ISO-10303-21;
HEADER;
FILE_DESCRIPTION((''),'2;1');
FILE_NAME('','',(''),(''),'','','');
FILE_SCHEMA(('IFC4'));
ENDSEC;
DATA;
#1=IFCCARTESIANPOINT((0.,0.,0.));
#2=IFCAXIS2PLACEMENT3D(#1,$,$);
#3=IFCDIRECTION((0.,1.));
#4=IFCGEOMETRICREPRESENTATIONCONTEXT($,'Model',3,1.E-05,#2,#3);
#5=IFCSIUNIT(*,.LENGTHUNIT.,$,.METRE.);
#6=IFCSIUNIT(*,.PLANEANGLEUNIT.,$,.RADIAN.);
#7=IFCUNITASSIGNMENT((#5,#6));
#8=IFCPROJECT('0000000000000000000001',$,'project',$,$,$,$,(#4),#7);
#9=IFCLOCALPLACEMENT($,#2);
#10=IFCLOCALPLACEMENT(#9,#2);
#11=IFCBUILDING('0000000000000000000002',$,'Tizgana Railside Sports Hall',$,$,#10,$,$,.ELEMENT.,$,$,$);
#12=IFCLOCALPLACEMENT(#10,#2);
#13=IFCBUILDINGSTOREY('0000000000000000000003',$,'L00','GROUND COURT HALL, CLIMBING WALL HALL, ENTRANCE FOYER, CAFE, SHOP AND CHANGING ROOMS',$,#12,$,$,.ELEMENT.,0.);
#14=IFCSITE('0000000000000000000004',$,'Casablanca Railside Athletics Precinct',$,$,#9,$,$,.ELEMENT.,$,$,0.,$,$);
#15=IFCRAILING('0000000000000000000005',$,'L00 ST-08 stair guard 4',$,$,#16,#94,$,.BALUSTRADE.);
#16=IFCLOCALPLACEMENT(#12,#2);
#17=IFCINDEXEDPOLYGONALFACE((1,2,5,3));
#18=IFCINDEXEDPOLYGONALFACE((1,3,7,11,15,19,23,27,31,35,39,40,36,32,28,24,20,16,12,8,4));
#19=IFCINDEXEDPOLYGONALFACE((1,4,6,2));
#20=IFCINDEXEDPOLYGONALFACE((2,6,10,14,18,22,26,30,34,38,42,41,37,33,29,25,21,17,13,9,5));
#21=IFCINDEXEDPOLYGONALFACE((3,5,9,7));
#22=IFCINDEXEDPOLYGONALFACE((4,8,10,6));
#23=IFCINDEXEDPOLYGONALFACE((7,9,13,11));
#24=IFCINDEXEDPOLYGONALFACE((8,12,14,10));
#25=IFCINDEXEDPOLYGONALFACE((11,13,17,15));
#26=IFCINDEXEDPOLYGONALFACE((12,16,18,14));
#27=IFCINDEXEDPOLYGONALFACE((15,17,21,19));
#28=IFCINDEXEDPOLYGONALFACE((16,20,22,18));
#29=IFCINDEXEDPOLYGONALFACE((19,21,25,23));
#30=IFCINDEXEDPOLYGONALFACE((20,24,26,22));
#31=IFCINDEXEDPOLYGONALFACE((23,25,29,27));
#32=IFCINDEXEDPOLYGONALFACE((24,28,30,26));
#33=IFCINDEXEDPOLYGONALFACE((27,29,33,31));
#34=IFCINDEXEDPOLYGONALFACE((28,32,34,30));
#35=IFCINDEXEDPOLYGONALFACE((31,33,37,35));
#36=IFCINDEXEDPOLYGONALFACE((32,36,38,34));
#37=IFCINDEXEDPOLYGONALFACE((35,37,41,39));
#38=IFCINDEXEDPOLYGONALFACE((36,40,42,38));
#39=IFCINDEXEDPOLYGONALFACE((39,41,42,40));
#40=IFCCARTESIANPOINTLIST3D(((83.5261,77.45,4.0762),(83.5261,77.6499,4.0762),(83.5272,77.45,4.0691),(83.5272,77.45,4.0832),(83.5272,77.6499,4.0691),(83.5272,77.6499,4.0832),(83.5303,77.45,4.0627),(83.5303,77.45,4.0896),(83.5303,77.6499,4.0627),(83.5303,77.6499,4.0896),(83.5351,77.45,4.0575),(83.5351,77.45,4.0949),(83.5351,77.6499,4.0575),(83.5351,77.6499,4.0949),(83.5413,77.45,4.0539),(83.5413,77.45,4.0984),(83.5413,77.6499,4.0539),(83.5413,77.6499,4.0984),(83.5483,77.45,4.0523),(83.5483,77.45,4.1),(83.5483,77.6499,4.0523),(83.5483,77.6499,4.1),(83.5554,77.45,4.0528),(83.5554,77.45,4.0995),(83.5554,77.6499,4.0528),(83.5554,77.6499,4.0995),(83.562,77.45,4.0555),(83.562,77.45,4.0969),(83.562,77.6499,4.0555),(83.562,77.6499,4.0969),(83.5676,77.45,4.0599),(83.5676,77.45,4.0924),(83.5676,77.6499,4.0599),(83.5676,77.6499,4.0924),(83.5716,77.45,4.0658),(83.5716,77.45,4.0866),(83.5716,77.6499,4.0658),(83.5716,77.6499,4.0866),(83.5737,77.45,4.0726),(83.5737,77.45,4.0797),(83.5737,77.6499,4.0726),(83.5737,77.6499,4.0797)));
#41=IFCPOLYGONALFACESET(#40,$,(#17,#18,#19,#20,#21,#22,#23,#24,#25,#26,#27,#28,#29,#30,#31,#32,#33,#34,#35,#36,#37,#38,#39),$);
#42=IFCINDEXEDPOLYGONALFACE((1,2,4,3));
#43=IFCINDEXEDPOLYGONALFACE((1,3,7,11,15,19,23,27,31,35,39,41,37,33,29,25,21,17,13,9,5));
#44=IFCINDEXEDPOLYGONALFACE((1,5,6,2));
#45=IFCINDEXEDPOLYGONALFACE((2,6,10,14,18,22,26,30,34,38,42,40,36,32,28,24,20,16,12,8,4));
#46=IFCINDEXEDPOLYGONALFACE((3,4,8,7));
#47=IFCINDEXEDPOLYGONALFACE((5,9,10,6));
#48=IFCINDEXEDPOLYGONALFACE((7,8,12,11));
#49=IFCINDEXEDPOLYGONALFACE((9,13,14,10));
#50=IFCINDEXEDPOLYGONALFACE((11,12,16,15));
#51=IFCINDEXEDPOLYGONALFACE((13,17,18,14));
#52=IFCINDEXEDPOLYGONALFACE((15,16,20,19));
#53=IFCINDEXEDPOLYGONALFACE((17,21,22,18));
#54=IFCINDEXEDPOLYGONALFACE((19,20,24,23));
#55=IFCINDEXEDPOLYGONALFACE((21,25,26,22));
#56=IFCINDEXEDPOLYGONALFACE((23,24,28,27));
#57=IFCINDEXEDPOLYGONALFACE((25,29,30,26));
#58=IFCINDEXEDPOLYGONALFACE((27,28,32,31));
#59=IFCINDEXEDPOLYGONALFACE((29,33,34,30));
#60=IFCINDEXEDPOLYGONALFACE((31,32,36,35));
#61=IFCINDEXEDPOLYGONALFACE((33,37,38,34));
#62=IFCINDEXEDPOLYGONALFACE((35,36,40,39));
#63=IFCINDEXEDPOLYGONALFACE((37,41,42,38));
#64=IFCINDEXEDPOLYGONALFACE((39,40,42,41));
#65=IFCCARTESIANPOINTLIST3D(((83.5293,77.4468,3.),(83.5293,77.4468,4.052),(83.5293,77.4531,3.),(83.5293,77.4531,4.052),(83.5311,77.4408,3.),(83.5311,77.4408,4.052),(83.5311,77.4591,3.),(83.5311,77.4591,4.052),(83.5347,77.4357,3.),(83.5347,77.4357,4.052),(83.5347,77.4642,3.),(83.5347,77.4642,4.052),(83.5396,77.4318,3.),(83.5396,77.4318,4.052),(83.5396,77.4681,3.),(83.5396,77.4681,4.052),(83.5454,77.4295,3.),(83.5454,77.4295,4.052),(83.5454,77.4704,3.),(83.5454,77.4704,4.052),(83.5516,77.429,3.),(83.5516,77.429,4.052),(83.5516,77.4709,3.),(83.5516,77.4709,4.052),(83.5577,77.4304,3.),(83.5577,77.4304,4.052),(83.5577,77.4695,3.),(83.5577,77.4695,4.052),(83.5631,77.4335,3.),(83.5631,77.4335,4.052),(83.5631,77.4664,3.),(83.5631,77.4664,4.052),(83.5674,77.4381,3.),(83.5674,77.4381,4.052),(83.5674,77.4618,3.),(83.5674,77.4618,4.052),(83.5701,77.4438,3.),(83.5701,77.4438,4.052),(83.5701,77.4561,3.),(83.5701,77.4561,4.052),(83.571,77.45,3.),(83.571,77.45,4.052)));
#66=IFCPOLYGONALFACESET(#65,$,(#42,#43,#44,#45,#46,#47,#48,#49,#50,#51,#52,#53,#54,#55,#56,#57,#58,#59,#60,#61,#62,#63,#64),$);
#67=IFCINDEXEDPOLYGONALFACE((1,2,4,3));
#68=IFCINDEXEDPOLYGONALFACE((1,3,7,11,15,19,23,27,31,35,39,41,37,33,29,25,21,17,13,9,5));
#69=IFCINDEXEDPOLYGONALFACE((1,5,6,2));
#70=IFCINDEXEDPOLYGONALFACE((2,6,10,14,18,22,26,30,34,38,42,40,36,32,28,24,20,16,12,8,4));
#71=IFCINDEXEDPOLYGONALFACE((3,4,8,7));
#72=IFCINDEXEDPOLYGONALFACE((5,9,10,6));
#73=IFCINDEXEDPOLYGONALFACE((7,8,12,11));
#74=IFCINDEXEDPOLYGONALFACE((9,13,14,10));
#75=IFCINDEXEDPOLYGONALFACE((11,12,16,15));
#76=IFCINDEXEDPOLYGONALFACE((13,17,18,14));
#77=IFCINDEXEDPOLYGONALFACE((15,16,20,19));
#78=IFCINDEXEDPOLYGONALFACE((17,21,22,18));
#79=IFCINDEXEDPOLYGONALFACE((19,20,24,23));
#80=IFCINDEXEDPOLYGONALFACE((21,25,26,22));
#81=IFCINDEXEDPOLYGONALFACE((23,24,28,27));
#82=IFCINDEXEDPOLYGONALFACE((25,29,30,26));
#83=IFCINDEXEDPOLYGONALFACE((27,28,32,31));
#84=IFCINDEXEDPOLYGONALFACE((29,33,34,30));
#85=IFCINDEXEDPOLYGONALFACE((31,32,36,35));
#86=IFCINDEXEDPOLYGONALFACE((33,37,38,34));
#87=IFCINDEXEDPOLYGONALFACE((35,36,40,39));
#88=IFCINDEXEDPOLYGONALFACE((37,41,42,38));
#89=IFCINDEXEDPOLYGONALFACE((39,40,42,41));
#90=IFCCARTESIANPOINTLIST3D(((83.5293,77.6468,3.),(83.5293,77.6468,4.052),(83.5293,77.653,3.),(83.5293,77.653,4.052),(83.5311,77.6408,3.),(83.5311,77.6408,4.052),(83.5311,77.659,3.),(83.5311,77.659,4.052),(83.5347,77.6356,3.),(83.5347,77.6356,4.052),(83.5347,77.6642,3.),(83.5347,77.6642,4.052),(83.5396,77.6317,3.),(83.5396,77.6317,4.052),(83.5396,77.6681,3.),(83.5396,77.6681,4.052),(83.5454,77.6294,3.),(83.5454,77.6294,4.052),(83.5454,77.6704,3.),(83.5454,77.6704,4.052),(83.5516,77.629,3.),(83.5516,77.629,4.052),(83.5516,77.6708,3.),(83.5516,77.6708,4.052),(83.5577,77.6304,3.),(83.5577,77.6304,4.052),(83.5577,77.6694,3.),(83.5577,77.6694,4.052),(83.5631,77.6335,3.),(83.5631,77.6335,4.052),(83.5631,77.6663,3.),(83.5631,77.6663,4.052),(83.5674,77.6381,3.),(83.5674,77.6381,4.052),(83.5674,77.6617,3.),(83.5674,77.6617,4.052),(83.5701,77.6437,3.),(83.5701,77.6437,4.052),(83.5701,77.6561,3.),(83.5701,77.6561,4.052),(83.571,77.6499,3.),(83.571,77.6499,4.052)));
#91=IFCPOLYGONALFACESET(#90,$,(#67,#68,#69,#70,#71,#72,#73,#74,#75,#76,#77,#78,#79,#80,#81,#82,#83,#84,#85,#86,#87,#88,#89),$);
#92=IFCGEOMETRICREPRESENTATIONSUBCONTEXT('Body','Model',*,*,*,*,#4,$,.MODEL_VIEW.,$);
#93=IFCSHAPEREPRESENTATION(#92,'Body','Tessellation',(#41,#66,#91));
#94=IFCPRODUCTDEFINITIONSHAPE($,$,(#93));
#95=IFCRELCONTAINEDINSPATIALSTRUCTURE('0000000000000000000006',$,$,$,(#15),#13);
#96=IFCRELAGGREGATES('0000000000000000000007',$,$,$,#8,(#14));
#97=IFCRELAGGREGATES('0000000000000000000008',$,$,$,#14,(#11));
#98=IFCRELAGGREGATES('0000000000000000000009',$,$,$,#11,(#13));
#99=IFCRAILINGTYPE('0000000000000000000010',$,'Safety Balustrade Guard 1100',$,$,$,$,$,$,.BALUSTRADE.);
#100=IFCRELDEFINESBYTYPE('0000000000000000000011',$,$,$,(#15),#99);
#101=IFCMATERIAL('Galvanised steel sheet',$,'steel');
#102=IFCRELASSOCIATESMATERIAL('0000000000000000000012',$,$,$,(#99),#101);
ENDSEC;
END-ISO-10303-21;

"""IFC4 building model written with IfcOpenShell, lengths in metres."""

from ifc_helpers import new_model, si_unit, direction, frame, origin, origin_2d, place, context, subcontext, project, spatial, circle, extrude, material, type_object, element, save


model = new_model("IFC4")

# Units and contexts
model_context = context("Model", 3, precision=1e-05, world=origin(), true_north=direction((0.0, 1.0)))
body_context = subcontext(model_context, "Body", "Model", "MODEL_VIEW")
ifc_project = project(units=[si_unit("LENGTHUNIT", "METRE"), si_unit("PLANEANGLEUNIT", "RADIAN")], contexts=[model_context])

# Site, building, storey
site_placement = place(None, origin())
site = spatial("IfcSite", under=ifc_project, at=site_placement, Name="Casablanca Railside Athletics Precinct", CompositionType="ELEMENT", RefElevation=0.0)
building_placement = place(site_placement, origin())
building = spatial("IfcBuilding", under=site, at=building_placement, Name="Tizgana Railside Sports Hall", CompositionType="ELEMENT")
storey_placement = place(building_placement, origin())
storey = spatial("IfcBuildingStorey", under=building, at=storey_placement, Name="L00", Description="GROUND COURT HALL, CLIMBING WALL HALL, ENTRANCE FOYER, CAFE, SHOP AND CHANGING ROOMS", CompositionType="ELEMENT", Elevation=0.0)

# Shared definitions
ifc_material_1 = material(Name="Galvanised steel sheet", Category="steel")

# Railing
railing_type_1 = type_object("IfcRailingType", Name="Safety Balustrade Guard 1100", PredefinedType="BALUSTRADE", material=ifc_material_1)
railing_1_placement = place(storey_placement, frame((83.55, 77.45, 3.0)))
element("IfcRailing", 1, at=railing_1_placement, inside=storey, type_object=railing_type_1, Name="L00 ST-08 stair guard 4", PredefinedType="BALUSTRADE", context=body_context, shape_type="SweptSolid", body=[
    extrude(circle(Radius=0.0239, at=origin_2d()), frame((0.0, 0.0, 1.0762), z_axis=(0.0, 1.0, 0.0), x_axis=(-1.0, 0.0, 0.0)), (0.0, 0.0, 1.0), 0.2),
    extrude(circle(Radius=0.021, at=origin_2d()), origin(), (0.0, 0.0, 1.0), 1.052),
    extrude(circle(Radius=0.021, at=origin_2d()), frame((0.0, 0.2, 0.0)), (0.0, 0.0, 1.0), 1.052),
])

save(model, "model.ifc")
